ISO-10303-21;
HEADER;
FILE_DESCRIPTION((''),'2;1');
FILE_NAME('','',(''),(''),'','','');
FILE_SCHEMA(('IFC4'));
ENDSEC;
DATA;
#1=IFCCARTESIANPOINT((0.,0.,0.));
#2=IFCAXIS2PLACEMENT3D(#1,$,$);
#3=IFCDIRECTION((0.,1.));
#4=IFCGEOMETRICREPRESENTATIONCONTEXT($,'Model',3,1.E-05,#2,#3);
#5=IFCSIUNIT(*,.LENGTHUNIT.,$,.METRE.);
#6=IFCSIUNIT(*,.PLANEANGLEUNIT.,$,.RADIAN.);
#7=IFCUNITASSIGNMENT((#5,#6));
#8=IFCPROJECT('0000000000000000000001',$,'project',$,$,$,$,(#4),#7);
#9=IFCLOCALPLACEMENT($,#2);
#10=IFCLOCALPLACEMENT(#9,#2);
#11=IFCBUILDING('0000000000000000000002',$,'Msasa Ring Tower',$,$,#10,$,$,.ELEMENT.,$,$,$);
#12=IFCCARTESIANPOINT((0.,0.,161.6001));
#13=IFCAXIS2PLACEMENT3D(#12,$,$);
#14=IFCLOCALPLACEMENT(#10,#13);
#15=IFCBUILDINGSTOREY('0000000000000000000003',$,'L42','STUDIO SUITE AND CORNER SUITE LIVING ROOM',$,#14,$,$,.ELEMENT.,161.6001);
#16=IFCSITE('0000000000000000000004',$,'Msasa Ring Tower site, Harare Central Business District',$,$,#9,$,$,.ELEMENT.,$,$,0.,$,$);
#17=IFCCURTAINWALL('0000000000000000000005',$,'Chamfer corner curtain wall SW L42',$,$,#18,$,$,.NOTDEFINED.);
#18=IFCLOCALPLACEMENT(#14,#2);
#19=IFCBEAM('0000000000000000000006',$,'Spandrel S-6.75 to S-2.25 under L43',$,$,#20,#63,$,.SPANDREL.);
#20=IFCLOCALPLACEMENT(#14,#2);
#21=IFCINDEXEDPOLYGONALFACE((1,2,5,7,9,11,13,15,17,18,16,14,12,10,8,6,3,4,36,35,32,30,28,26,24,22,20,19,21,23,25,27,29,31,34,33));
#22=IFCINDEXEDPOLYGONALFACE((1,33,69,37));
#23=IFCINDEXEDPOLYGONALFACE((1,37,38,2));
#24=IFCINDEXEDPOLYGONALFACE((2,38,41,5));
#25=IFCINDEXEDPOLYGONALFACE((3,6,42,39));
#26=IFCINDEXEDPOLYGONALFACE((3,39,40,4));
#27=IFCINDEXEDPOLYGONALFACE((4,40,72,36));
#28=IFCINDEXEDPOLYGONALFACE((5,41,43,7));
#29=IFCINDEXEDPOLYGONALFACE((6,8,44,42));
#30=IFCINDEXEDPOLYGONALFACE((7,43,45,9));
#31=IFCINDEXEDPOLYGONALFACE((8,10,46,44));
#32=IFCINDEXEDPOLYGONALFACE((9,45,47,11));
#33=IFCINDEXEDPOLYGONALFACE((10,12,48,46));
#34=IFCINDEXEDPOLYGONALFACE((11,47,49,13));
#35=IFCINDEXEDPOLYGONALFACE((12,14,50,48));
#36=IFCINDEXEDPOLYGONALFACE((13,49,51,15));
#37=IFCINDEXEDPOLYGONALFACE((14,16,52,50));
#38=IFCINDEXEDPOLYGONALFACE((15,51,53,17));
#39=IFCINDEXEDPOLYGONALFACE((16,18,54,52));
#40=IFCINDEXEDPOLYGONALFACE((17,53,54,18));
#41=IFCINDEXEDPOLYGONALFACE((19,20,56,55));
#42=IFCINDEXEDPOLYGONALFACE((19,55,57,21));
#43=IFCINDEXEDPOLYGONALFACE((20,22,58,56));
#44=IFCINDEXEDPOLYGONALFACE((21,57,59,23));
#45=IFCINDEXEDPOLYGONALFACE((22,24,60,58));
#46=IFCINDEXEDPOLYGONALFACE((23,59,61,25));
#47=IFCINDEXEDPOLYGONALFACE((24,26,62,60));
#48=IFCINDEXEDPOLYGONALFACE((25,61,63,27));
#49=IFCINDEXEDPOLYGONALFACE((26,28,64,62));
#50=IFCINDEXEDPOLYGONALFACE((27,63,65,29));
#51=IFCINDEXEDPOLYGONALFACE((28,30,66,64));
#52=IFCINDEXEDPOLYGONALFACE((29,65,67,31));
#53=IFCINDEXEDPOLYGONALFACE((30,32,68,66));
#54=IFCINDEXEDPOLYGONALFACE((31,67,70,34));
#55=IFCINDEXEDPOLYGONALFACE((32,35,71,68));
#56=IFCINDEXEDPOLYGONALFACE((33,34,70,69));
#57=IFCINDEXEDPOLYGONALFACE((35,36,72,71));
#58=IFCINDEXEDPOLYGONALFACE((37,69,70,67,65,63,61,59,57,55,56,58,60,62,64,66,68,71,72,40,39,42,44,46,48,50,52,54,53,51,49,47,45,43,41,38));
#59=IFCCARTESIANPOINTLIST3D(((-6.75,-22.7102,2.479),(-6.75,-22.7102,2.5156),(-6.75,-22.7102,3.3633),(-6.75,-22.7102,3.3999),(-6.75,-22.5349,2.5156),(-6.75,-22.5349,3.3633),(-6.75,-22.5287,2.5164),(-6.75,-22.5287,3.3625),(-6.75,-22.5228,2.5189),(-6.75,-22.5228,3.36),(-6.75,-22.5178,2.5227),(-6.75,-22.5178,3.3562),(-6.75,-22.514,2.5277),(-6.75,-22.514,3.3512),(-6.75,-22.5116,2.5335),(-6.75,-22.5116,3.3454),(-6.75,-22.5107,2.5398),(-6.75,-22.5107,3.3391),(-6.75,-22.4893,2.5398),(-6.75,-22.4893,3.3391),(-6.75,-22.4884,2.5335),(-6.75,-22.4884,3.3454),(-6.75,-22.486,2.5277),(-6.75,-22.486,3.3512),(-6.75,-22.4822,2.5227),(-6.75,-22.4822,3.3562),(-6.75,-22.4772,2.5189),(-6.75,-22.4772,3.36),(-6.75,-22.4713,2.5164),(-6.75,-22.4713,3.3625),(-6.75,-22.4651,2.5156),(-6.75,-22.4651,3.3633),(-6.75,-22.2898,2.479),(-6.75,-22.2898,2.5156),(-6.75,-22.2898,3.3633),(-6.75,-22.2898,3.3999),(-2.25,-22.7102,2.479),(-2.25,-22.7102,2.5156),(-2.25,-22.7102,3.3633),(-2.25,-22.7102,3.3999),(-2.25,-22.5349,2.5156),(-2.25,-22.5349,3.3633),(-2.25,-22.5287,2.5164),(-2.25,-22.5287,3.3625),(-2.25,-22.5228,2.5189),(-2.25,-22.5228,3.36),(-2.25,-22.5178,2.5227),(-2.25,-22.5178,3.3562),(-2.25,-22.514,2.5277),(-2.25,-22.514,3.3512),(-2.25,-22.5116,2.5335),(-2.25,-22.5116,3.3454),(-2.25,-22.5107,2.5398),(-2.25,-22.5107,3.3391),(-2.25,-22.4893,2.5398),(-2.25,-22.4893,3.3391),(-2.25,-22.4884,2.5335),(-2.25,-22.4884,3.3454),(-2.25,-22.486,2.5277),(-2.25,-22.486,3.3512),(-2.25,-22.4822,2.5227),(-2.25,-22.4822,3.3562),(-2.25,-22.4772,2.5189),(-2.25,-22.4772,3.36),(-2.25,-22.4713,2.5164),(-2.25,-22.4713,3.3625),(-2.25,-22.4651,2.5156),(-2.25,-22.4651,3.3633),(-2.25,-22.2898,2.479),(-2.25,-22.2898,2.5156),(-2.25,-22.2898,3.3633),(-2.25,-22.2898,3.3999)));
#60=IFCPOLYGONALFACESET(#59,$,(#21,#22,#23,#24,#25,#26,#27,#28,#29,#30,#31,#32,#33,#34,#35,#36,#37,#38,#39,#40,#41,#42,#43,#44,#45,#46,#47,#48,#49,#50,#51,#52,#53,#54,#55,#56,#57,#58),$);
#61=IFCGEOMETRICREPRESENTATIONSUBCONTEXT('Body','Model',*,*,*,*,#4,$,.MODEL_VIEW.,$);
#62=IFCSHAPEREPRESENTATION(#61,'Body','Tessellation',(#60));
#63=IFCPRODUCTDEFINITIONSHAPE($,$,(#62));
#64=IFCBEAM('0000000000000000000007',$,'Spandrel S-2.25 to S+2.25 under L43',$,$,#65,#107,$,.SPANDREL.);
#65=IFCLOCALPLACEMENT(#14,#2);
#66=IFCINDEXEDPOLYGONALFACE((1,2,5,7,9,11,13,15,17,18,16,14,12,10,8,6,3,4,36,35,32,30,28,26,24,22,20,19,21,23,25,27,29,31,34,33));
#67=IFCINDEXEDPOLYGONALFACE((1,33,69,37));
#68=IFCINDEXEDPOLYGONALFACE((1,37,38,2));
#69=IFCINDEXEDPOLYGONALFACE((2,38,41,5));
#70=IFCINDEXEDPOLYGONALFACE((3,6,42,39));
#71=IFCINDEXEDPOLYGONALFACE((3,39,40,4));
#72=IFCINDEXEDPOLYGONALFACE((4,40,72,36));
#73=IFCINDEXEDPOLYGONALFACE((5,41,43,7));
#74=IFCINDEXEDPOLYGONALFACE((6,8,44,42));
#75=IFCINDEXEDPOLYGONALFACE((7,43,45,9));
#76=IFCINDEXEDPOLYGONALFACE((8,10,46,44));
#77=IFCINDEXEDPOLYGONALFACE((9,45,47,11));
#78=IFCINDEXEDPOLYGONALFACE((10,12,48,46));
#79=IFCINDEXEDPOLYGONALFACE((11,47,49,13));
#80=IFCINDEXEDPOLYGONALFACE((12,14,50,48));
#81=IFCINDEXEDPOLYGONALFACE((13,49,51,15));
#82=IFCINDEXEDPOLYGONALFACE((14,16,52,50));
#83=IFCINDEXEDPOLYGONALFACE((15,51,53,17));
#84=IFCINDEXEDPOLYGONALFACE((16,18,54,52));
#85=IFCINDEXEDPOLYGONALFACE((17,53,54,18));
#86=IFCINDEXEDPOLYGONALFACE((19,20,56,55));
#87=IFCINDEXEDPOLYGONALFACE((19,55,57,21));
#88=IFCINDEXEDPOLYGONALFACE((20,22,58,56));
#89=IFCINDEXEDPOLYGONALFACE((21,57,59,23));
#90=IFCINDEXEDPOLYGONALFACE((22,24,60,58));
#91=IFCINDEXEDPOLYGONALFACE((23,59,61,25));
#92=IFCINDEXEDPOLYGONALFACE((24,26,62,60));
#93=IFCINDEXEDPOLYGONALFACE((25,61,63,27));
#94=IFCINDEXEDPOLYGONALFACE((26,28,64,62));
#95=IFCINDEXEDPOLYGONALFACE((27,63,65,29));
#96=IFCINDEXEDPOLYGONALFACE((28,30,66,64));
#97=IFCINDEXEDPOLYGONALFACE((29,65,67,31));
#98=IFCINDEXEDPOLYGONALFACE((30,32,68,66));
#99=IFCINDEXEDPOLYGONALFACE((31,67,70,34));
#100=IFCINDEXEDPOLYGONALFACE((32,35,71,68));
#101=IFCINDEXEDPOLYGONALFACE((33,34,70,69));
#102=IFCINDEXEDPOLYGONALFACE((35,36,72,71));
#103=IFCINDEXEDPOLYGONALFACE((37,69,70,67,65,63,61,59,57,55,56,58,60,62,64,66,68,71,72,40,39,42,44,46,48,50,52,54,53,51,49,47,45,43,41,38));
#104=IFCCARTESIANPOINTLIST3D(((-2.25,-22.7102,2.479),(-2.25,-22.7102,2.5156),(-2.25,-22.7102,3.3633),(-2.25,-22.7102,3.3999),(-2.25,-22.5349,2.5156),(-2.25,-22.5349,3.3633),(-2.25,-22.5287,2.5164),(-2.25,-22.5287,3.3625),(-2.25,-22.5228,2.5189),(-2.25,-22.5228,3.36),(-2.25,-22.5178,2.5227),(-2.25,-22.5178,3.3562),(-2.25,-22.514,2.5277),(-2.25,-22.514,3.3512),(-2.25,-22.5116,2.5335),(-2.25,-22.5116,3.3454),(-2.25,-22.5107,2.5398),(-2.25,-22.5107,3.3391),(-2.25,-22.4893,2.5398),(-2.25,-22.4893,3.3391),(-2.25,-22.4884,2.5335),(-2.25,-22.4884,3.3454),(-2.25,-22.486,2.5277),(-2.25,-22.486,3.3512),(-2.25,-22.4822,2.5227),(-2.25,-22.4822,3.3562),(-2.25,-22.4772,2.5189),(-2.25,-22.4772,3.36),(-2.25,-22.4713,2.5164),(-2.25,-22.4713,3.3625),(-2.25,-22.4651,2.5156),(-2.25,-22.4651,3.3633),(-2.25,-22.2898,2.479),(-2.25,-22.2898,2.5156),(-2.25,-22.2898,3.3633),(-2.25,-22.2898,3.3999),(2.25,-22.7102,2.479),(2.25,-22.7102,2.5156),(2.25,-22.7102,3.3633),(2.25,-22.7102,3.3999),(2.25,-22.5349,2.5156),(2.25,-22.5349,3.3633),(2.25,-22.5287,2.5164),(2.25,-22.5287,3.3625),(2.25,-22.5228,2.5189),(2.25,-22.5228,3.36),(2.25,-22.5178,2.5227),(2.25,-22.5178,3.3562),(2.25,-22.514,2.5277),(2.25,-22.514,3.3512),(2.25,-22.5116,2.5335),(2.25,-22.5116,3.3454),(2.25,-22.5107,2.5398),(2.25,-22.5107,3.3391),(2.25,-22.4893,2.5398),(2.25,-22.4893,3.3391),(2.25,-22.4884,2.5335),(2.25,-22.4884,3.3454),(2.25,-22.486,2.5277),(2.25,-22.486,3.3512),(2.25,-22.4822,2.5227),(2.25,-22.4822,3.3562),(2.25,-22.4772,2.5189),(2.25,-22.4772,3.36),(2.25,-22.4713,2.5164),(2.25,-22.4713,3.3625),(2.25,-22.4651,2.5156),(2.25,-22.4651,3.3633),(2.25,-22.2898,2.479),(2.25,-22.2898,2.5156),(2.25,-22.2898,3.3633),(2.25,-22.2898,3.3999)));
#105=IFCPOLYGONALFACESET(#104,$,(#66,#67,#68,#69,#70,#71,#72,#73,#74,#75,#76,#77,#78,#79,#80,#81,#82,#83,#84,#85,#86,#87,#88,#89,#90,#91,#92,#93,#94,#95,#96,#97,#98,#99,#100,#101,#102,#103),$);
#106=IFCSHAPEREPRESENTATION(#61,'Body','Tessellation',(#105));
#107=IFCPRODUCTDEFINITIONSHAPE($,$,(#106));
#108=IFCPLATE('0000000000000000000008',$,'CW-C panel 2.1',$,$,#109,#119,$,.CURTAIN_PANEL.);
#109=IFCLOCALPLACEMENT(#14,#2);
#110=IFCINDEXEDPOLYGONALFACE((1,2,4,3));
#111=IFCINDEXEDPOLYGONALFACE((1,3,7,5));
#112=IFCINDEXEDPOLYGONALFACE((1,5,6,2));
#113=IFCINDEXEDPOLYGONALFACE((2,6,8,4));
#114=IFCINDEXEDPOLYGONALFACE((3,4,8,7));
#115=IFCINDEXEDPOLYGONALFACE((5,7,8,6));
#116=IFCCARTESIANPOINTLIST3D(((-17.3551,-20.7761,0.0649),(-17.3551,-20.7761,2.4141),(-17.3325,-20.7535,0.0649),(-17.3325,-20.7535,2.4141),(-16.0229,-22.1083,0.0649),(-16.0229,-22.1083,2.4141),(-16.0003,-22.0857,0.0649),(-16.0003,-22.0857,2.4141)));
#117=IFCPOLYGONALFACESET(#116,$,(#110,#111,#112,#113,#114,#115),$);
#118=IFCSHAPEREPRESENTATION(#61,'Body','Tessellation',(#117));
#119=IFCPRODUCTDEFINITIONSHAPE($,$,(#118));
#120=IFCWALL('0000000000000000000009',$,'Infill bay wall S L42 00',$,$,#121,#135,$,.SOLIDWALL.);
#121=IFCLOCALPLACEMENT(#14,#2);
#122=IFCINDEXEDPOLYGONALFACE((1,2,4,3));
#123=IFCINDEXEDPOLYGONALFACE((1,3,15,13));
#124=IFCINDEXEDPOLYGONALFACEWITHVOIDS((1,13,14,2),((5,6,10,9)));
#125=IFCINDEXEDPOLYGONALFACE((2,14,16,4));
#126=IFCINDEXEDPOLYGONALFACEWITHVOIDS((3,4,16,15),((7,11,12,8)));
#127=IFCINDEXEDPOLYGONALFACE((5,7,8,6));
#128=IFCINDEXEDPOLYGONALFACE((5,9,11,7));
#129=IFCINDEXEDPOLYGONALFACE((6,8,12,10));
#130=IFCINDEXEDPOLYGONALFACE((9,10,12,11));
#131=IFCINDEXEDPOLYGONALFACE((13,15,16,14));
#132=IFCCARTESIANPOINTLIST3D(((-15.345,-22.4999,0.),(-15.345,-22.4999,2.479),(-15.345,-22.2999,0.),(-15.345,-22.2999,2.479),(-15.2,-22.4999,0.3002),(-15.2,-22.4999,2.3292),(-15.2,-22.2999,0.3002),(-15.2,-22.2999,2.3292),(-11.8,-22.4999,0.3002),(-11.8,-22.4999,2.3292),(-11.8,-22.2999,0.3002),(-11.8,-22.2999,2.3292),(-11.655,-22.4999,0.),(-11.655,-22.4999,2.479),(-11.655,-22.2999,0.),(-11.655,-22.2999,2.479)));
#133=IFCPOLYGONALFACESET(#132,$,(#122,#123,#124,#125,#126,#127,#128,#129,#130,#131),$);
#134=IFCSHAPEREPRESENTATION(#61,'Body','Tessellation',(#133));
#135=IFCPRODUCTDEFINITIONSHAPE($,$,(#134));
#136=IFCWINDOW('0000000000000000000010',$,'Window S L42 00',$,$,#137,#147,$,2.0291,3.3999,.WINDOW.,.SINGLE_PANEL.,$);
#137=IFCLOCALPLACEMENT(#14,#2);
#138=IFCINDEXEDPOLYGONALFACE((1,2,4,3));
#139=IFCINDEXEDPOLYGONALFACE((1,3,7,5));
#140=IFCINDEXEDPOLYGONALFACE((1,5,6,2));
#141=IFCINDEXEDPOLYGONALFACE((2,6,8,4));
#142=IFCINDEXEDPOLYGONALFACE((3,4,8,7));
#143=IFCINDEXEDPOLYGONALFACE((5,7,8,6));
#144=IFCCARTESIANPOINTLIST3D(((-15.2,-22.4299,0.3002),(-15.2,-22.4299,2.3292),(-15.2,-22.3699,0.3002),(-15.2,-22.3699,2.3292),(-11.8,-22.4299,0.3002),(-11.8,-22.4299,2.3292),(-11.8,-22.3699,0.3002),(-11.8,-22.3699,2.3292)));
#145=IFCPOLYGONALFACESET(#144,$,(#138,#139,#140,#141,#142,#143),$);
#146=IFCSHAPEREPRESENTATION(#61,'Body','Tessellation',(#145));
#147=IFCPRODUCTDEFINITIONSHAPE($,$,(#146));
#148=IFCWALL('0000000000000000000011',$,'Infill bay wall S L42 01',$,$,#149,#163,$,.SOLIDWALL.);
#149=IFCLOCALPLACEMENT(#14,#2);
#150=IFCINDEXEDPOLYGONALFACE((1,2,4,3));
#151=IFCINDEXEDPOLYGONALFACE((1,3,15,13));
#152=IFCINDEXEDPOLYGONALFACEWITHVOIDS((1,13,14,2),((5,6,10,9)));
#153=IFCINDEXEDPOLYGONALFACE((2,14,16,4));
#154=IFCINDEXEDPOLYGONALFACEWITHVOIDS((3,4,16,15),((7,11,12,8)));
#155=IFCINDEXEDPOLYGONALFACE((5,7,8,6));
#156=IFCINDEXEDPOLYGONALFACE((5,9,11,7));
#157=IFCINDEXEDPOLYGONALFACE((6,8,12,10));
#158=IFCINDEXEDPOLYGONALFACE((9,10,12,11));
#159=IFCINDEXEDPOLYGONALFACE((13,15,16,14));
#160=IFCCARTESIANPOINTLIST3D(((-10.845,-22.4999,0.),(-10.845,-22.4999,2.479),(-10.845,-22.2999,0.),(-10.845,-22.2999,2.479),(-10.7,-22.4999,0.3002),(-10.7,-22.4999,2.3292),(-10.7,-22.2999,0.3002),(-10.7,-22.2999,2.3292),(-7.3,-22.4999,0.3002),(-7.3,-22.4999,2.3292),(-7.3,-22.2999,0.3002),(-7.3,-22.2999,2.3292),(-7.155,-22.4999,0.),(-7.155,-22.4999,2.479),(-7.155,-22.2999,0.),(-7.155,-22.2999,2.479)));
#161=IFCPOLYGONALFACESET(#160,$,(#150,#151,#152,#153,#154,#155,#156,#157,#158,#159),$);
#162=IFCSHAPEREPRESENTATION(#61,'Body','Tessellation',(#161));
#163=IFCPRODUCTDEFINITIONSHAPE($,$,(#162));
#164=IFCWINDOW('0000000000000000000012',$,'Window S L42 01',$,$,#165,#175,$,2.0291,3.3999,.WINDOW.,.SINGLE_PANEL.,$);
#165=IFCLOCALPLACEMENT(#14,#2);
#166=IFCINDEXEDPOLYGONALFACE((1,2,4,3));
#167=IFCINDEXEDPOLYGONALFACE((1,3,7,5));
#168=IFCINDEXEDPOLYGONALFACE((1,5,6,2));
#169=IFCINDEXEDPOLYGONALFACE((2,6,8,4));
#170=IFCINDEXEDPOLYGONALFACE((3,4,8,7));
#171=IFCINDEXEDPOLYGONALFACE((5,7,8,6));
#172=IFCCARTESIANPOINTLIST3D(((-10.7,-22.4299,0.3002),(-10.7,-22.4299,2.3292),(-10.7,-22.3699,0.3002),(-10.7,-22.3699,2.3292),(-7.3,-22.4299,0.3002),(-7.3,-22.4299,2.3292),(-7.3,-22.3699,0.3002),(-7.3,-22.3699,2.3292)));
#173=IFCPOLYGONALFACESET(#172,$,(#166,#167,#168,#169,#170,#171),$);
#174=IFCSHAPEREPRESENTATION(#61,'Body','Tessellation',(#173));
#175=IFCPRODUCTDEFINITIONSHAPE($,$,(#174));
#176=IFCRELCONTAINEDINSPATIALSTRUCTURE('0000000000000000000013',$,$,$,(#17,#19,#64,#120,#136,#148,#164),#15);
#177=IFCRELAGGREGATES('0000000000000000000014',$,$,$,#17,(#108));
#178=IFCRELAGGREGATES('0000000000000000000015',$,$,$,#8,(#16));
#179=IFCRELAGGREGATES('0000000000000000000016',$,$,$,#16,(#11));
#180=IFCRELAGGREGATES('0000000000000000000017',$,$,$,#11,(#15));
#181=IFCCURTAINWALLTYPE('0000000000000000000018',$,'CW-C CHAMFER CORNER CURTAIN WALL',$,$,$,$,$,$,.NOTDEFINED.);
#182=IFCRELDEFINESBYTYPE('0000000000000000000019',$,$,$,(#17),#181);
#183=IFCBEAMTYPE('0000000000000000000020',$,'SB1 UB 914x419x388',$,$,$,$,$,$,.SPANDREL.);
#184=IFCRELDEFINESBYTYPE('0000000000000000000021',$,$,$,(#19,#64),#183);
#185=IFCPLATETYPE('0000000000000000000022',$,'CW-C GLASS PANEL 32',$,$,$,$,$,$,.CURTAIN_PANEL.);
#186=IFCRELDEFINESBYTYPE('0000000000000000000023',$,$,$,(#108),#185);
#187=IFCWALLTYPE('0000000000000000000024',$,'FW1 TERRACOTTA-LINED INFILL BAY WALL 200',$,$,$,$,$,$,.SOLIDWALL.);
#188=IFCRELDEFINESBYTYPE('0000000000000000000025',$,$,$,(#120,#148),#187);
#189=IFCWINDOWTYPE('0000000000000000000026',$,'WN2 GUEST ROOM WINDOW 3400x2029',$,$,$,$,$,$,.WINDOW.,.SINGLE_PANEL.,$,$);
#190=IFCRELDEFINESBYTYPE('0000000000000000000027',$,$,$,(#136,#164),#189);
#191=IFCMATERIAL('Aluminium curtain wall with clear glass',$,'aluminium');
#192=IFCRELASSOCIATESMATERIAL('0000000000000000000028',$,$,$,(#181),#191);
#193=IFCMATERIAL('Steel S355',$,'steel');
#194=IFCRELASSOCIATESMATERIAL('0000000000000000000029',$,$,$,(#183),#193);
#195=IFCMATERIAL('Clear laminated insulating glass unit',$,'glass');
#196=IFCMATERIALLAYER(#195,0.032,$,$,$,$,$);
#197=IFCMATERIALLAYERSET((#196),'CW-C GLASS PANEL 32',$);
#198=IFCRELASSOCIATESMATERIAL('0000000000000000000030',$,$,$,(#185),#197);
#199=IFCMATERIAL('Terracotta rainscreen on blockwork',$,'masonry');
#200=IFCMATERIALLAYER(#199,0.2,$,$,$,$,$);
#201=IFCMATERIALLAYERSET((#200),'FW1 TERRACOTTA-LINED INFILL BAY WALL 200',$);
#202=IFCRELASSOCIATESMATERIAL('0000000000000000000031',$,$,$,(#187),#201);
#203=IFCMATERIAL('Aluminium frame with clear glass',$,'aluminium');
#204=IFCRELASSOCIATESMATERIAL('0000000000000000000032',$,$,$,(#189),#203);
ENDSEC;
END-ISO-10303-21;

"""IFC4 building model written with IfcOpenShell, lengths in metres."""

from ifc_helpers import new_model, si_unit, direction, frame, frame_2d, origin, origin_2d, place, context, subcontext, project, spatial, rectangle, i_section, extrude, material, layer, layer_set, material_profile, profile_set, type_object, element, fill, aggregate, save


model = new_model("IFC4")

# Units and contexts
model_context = context("Model", 3, precision=1e-05, world=origin(), true_north=direction((0.0, 1.0)))
body_context = subcontext(model_context, "Body", "Model", "MODEL_VIEW")
ifc_project = project(units=[si_unit("LENGTHUNIT", "METRE"), si_unit("PLANEANGLEUNIT", "RADIAN")], contexts=[model_context])

# Site, building, storey
site_placement = place(None, origin())
site = spatial("IfcSite", under=ifc_project, at=site_placement, Name="Msasa Ring Tower site, Harare Central Business District", CompositionType="ELEMENT", RefElevation=0.0)
building_placement = place(site_placement, origin())
building = spatial("IfcBuilding", under=site, at=building_placement, Name="Msasa Ring Tower", CompositionType="ELEMENT")
storey_placement = place(building_placement, frame((0.0, 0.0, 161.6001)))
storey = spatial("IfcBuildingStorey", under=building, at=storey_placement, Name="L42", Description="STUDIO SUITE AND CORNER SUITE LIVING ROOM", CompositionType="ELEMENT", Elevation=161.6001)

# Curtain wall
ifc_material_1 = material(Name="Aluminium curtain wall with clear glass", Category="aluminium")
curtain_wall_type = type_object("IfcCurtainWallType", Name="CW-C CHAMFER CORNER CURTAIN WALL", PredefinedType="NOTDEFINED", material=ifc_material_1)
curtain_wall_placement = place(storey_placement, origin())
curtain_wall = element("IfcCurtainWall", 1, at=curtain_wall_placement, inside=storey, type_object=curtain_wall_type, Name="Chamfer corner curtain wall SW L42", PredefinedType="NOTDEFINED")

# Beams
ifc_material_2 = material(Name="Steel S355", Category="steel")
ifc_material_profile_1 = material_profile(ifc_material_2, i_section(OverallWidth=0.4204, OverallDepth=0.9209, WebThickness=0.0215, FlangeThickness=0.0366, FilletRadius=0.0242, at=origin_2d()), Name="UB 914x419x388")
ifc_profile_set_1 = profile_set([ifc_material_profile_1], Name="Steel S355")
beam_type_1 = type_object("IfcBeamType", Name="SB1 UB 914x419x388", PredefinedType="SPANDREL", material=ifc_profile_set_1)
for number, where, z_axis, x_axis, name in (
    (2, (-6.75, -22.5, 2.9395), (1.0, 0.0, 0.0), (0.0, 1.0, 0.0), "Spandrel S-6.75 to S-2.25 under L43"),
    (3, (-2.25, -22.5, 2.9395), (1.0, 0.0, 0.0), (0.0, 1.0, 0.0), "Spandrel S-2.25 to S+2.25 under L43"),
):
    element("IfcBeam", number, at=place(storey_placement, frame(where, z_axis=z_axis, x_axis=x_axis)), inside=storey, type_object=beam_type_1, Name=name, PredefinedType="SPANDREL", context=body_context, shape_type="SweptSolid", body=[
        extrude(i_section(OverallWidth=0.4204, OverallDepth=0.9209, WebThickness=0.0215, FlangeThickness=0.0366, FilletRadius=0.0242, at=origin_2d()), origin(), (0.0, 0.0, 1.0), 4.5),
    ])

# Plate
ifc_material_3 = material(Name="Clear laminated insulating glass unit", Category="glass")
ifc_layer_1 = layer(ifc_material_3, 0.032)
ifc_layer_set_1 = layer_set([ifc_layer_1], Name="CW-C GLASS PANEL 32")
plate_type = type_object("IfcPlateType", Name="CW-C GLASS PANEL 32", PredefinedType="CURTAIN_PANEL", material=ifc_layer_set_1)
plate_placement = place(storey_placement, frame((-16.6777, -21.4309, 0.0649), z_axis=(0.0, 0.0, 1.0), x_axis=(0.707107, -0.707107, 0.0)))
plate = element("IfcPlate", 4, at=plate_placement, type_object=plate_type, Name="CW-C panel 2.1", PredefinedType="CURTAIN_PANEL", context=body_context, shape_type="SweptSolid", body=[
    extrude(rectangle(XDim=1.884, YDim=0.032, at=origin_2d()), origin(), (0.0, 0.0, 1.0), 2.3491),
])
aggregate(curtain_wall, [plate])

# Walls, openings, windows
ifc_material_4 = material(Name="Terracotta rainscreen on blockwork", Category="masonry")
ifc_layer_2 = layer(ifc_material_4, 0.2)
ifc_layer_set_2 = layer_set([ifc_layer_2], Name="FW1 TERRACOTTA-LINED INFILL BAY WALL 200")
wall_type_1 = type_object("IfcWallType", Name="FW1 TERRACOTTA-LINED INFILL BAY WALL 200", PredefinedType="SOLIDWALL", material=ifc_layer_set_2)
wall_1_placement = place(storey_placement, frame((-15.345, -22.3999, 0.0), z_axis=(0.0, 0.0, 1.0), x_axis=(1.0, 0.0, 0.0)))
wall_1 = element("IfcWall", 5, at=wall_1_placement, inside=storey, type_object=wall_type_1, Name="Infill bay wall S L42 00", PredefinedType="SOLIDWALL", context=body_context, shape_type="SweptSolid", body=[
    extrude(rectangle(XDim=3.6899, YDim=0.2, at=frame_2d((1.845, 0.0))), origin(), (0.0, 0.0, 1.0), 2.479),
])
opening_1_placement = place(wall_1_placement, frame((0.145, 0.0, 0.3)))
opening_1 = element("IfcOpeningElement", 6, at=opening_1_placement, cuts=wall_1, PredefinedType="OPENING", context=body_context, shape_type="SweptSolid", body=[
    extrude(rectangle(XDim=3.3999, YDim=2.0291, at=frame_2d((1.7, 1.0146))), frame((0.0, 0.1099, 0.0), z_axis=(0.0, -1.0, 0.0), x_axis=(1.0, 0.0, 0.0)), (0.0, 0.0, 1.0), 0.22),
])
ifc_material_5 = material(Name="Aluminium frame with clear glass", Category="aluminium")
window_type = type_object("IfcWindowType", Name="WN2 GUEST ROOM WINDOW 3400x2029", PartitioningType="SINGLE_PANEL", PredefinedType="WINDOW", material=ifc_material_5)
window_1_placement = place(opening_1_placement, origin())
window_1 = element("IfcWindow", 7, at=window_1_placement, inside=storey, type_object=window_type, Name="Window S L42 00", OverallHeight=2.0291, OverallWidth=3.3999, PartitioningType="SINGLE_PANEL", PredefinedType="WINDOW", context=body_context, shape_type="SweptSolid", body=[
    extrude(rectangle(XDim=3.3999, YDim=2.0291, at=frame_2d((1.7, 1.0146))), frame((0.0, 0.03, 0.0), z_axis=(0.0, -1.0, 0.0), x_axis=(1.0, 0.0, 0.0)), (0.0, 0.0, 1.0), 0.0601),
])
fill(opening_1, window_1)
wall_2_placement = place(storey_placement, frame((-10.845, -22.3999, 0.0), z_axis=(0.0, 0.0, 1.0), x_axis=(1.0, 0.0, 0.0)))
wall_2 = element("IfcWall", 8, at=wall_2_placement, inside=storey, type_object=wall_type_1, Name="Infill bay wall S L42 01", PredefinedType="SOLIDWALL", context=body_context, shape_type="SweptSolid", body=[
    extrude(rectangle(XDim=3.6899, YDim=0.2, at=frame_2d((1.845, 0.0))), origin(), (0.0, 0.0, 1.0), 2.479),
])
opening_2_placement = place(wall_2_placement, frame((0.145, 0.0, 0.3)))
opening_2 = element("IfcOpeningElement", 9, at=opening_2_placement, cuts=wall_2, PredefinedType="OPENING", context=body_context, shape_type="SweptSolid", body=[
    extrude(rectangle(XDim=3.3999, YDim=2.0291, at=frame_2d((1.7, 1.0146))), frame((0.0, 0.1099, 0.0), z_axis=(0.0, -1.0, 0.0), x_axis=(1.0, 0.0, 0.0)), (0.0, 0.0, 1.0), 0.22),
])
window_2_placement = place(opening_2_placement, origin())
window_2 = element("IfcWindow", 10, at=window_2_placement, inside=storey, type_object=window_type, Name="Window S L42 01", OverallHeight=2.0291, OverallWidth=3.3999, PartitioningType="SINGLE_PANEL", PredefinedType="WINDOW", context=body_context, shape_type="SweptSolid", body=[
    extrude(rectangle(XDim=3.3999, YDim=2.0291, at=frame_2d((1.7, 1.0146))), frame((0.0, 0.03, 0.0), z_axis=(0.0, -1.0, 0.0), x_axis=(1.0, 0.0, 0.0)), (0.0, 0.0, 1.0), 0.0601),
])
fill(opening_2, window_2)

save(model, "model.ifc")
